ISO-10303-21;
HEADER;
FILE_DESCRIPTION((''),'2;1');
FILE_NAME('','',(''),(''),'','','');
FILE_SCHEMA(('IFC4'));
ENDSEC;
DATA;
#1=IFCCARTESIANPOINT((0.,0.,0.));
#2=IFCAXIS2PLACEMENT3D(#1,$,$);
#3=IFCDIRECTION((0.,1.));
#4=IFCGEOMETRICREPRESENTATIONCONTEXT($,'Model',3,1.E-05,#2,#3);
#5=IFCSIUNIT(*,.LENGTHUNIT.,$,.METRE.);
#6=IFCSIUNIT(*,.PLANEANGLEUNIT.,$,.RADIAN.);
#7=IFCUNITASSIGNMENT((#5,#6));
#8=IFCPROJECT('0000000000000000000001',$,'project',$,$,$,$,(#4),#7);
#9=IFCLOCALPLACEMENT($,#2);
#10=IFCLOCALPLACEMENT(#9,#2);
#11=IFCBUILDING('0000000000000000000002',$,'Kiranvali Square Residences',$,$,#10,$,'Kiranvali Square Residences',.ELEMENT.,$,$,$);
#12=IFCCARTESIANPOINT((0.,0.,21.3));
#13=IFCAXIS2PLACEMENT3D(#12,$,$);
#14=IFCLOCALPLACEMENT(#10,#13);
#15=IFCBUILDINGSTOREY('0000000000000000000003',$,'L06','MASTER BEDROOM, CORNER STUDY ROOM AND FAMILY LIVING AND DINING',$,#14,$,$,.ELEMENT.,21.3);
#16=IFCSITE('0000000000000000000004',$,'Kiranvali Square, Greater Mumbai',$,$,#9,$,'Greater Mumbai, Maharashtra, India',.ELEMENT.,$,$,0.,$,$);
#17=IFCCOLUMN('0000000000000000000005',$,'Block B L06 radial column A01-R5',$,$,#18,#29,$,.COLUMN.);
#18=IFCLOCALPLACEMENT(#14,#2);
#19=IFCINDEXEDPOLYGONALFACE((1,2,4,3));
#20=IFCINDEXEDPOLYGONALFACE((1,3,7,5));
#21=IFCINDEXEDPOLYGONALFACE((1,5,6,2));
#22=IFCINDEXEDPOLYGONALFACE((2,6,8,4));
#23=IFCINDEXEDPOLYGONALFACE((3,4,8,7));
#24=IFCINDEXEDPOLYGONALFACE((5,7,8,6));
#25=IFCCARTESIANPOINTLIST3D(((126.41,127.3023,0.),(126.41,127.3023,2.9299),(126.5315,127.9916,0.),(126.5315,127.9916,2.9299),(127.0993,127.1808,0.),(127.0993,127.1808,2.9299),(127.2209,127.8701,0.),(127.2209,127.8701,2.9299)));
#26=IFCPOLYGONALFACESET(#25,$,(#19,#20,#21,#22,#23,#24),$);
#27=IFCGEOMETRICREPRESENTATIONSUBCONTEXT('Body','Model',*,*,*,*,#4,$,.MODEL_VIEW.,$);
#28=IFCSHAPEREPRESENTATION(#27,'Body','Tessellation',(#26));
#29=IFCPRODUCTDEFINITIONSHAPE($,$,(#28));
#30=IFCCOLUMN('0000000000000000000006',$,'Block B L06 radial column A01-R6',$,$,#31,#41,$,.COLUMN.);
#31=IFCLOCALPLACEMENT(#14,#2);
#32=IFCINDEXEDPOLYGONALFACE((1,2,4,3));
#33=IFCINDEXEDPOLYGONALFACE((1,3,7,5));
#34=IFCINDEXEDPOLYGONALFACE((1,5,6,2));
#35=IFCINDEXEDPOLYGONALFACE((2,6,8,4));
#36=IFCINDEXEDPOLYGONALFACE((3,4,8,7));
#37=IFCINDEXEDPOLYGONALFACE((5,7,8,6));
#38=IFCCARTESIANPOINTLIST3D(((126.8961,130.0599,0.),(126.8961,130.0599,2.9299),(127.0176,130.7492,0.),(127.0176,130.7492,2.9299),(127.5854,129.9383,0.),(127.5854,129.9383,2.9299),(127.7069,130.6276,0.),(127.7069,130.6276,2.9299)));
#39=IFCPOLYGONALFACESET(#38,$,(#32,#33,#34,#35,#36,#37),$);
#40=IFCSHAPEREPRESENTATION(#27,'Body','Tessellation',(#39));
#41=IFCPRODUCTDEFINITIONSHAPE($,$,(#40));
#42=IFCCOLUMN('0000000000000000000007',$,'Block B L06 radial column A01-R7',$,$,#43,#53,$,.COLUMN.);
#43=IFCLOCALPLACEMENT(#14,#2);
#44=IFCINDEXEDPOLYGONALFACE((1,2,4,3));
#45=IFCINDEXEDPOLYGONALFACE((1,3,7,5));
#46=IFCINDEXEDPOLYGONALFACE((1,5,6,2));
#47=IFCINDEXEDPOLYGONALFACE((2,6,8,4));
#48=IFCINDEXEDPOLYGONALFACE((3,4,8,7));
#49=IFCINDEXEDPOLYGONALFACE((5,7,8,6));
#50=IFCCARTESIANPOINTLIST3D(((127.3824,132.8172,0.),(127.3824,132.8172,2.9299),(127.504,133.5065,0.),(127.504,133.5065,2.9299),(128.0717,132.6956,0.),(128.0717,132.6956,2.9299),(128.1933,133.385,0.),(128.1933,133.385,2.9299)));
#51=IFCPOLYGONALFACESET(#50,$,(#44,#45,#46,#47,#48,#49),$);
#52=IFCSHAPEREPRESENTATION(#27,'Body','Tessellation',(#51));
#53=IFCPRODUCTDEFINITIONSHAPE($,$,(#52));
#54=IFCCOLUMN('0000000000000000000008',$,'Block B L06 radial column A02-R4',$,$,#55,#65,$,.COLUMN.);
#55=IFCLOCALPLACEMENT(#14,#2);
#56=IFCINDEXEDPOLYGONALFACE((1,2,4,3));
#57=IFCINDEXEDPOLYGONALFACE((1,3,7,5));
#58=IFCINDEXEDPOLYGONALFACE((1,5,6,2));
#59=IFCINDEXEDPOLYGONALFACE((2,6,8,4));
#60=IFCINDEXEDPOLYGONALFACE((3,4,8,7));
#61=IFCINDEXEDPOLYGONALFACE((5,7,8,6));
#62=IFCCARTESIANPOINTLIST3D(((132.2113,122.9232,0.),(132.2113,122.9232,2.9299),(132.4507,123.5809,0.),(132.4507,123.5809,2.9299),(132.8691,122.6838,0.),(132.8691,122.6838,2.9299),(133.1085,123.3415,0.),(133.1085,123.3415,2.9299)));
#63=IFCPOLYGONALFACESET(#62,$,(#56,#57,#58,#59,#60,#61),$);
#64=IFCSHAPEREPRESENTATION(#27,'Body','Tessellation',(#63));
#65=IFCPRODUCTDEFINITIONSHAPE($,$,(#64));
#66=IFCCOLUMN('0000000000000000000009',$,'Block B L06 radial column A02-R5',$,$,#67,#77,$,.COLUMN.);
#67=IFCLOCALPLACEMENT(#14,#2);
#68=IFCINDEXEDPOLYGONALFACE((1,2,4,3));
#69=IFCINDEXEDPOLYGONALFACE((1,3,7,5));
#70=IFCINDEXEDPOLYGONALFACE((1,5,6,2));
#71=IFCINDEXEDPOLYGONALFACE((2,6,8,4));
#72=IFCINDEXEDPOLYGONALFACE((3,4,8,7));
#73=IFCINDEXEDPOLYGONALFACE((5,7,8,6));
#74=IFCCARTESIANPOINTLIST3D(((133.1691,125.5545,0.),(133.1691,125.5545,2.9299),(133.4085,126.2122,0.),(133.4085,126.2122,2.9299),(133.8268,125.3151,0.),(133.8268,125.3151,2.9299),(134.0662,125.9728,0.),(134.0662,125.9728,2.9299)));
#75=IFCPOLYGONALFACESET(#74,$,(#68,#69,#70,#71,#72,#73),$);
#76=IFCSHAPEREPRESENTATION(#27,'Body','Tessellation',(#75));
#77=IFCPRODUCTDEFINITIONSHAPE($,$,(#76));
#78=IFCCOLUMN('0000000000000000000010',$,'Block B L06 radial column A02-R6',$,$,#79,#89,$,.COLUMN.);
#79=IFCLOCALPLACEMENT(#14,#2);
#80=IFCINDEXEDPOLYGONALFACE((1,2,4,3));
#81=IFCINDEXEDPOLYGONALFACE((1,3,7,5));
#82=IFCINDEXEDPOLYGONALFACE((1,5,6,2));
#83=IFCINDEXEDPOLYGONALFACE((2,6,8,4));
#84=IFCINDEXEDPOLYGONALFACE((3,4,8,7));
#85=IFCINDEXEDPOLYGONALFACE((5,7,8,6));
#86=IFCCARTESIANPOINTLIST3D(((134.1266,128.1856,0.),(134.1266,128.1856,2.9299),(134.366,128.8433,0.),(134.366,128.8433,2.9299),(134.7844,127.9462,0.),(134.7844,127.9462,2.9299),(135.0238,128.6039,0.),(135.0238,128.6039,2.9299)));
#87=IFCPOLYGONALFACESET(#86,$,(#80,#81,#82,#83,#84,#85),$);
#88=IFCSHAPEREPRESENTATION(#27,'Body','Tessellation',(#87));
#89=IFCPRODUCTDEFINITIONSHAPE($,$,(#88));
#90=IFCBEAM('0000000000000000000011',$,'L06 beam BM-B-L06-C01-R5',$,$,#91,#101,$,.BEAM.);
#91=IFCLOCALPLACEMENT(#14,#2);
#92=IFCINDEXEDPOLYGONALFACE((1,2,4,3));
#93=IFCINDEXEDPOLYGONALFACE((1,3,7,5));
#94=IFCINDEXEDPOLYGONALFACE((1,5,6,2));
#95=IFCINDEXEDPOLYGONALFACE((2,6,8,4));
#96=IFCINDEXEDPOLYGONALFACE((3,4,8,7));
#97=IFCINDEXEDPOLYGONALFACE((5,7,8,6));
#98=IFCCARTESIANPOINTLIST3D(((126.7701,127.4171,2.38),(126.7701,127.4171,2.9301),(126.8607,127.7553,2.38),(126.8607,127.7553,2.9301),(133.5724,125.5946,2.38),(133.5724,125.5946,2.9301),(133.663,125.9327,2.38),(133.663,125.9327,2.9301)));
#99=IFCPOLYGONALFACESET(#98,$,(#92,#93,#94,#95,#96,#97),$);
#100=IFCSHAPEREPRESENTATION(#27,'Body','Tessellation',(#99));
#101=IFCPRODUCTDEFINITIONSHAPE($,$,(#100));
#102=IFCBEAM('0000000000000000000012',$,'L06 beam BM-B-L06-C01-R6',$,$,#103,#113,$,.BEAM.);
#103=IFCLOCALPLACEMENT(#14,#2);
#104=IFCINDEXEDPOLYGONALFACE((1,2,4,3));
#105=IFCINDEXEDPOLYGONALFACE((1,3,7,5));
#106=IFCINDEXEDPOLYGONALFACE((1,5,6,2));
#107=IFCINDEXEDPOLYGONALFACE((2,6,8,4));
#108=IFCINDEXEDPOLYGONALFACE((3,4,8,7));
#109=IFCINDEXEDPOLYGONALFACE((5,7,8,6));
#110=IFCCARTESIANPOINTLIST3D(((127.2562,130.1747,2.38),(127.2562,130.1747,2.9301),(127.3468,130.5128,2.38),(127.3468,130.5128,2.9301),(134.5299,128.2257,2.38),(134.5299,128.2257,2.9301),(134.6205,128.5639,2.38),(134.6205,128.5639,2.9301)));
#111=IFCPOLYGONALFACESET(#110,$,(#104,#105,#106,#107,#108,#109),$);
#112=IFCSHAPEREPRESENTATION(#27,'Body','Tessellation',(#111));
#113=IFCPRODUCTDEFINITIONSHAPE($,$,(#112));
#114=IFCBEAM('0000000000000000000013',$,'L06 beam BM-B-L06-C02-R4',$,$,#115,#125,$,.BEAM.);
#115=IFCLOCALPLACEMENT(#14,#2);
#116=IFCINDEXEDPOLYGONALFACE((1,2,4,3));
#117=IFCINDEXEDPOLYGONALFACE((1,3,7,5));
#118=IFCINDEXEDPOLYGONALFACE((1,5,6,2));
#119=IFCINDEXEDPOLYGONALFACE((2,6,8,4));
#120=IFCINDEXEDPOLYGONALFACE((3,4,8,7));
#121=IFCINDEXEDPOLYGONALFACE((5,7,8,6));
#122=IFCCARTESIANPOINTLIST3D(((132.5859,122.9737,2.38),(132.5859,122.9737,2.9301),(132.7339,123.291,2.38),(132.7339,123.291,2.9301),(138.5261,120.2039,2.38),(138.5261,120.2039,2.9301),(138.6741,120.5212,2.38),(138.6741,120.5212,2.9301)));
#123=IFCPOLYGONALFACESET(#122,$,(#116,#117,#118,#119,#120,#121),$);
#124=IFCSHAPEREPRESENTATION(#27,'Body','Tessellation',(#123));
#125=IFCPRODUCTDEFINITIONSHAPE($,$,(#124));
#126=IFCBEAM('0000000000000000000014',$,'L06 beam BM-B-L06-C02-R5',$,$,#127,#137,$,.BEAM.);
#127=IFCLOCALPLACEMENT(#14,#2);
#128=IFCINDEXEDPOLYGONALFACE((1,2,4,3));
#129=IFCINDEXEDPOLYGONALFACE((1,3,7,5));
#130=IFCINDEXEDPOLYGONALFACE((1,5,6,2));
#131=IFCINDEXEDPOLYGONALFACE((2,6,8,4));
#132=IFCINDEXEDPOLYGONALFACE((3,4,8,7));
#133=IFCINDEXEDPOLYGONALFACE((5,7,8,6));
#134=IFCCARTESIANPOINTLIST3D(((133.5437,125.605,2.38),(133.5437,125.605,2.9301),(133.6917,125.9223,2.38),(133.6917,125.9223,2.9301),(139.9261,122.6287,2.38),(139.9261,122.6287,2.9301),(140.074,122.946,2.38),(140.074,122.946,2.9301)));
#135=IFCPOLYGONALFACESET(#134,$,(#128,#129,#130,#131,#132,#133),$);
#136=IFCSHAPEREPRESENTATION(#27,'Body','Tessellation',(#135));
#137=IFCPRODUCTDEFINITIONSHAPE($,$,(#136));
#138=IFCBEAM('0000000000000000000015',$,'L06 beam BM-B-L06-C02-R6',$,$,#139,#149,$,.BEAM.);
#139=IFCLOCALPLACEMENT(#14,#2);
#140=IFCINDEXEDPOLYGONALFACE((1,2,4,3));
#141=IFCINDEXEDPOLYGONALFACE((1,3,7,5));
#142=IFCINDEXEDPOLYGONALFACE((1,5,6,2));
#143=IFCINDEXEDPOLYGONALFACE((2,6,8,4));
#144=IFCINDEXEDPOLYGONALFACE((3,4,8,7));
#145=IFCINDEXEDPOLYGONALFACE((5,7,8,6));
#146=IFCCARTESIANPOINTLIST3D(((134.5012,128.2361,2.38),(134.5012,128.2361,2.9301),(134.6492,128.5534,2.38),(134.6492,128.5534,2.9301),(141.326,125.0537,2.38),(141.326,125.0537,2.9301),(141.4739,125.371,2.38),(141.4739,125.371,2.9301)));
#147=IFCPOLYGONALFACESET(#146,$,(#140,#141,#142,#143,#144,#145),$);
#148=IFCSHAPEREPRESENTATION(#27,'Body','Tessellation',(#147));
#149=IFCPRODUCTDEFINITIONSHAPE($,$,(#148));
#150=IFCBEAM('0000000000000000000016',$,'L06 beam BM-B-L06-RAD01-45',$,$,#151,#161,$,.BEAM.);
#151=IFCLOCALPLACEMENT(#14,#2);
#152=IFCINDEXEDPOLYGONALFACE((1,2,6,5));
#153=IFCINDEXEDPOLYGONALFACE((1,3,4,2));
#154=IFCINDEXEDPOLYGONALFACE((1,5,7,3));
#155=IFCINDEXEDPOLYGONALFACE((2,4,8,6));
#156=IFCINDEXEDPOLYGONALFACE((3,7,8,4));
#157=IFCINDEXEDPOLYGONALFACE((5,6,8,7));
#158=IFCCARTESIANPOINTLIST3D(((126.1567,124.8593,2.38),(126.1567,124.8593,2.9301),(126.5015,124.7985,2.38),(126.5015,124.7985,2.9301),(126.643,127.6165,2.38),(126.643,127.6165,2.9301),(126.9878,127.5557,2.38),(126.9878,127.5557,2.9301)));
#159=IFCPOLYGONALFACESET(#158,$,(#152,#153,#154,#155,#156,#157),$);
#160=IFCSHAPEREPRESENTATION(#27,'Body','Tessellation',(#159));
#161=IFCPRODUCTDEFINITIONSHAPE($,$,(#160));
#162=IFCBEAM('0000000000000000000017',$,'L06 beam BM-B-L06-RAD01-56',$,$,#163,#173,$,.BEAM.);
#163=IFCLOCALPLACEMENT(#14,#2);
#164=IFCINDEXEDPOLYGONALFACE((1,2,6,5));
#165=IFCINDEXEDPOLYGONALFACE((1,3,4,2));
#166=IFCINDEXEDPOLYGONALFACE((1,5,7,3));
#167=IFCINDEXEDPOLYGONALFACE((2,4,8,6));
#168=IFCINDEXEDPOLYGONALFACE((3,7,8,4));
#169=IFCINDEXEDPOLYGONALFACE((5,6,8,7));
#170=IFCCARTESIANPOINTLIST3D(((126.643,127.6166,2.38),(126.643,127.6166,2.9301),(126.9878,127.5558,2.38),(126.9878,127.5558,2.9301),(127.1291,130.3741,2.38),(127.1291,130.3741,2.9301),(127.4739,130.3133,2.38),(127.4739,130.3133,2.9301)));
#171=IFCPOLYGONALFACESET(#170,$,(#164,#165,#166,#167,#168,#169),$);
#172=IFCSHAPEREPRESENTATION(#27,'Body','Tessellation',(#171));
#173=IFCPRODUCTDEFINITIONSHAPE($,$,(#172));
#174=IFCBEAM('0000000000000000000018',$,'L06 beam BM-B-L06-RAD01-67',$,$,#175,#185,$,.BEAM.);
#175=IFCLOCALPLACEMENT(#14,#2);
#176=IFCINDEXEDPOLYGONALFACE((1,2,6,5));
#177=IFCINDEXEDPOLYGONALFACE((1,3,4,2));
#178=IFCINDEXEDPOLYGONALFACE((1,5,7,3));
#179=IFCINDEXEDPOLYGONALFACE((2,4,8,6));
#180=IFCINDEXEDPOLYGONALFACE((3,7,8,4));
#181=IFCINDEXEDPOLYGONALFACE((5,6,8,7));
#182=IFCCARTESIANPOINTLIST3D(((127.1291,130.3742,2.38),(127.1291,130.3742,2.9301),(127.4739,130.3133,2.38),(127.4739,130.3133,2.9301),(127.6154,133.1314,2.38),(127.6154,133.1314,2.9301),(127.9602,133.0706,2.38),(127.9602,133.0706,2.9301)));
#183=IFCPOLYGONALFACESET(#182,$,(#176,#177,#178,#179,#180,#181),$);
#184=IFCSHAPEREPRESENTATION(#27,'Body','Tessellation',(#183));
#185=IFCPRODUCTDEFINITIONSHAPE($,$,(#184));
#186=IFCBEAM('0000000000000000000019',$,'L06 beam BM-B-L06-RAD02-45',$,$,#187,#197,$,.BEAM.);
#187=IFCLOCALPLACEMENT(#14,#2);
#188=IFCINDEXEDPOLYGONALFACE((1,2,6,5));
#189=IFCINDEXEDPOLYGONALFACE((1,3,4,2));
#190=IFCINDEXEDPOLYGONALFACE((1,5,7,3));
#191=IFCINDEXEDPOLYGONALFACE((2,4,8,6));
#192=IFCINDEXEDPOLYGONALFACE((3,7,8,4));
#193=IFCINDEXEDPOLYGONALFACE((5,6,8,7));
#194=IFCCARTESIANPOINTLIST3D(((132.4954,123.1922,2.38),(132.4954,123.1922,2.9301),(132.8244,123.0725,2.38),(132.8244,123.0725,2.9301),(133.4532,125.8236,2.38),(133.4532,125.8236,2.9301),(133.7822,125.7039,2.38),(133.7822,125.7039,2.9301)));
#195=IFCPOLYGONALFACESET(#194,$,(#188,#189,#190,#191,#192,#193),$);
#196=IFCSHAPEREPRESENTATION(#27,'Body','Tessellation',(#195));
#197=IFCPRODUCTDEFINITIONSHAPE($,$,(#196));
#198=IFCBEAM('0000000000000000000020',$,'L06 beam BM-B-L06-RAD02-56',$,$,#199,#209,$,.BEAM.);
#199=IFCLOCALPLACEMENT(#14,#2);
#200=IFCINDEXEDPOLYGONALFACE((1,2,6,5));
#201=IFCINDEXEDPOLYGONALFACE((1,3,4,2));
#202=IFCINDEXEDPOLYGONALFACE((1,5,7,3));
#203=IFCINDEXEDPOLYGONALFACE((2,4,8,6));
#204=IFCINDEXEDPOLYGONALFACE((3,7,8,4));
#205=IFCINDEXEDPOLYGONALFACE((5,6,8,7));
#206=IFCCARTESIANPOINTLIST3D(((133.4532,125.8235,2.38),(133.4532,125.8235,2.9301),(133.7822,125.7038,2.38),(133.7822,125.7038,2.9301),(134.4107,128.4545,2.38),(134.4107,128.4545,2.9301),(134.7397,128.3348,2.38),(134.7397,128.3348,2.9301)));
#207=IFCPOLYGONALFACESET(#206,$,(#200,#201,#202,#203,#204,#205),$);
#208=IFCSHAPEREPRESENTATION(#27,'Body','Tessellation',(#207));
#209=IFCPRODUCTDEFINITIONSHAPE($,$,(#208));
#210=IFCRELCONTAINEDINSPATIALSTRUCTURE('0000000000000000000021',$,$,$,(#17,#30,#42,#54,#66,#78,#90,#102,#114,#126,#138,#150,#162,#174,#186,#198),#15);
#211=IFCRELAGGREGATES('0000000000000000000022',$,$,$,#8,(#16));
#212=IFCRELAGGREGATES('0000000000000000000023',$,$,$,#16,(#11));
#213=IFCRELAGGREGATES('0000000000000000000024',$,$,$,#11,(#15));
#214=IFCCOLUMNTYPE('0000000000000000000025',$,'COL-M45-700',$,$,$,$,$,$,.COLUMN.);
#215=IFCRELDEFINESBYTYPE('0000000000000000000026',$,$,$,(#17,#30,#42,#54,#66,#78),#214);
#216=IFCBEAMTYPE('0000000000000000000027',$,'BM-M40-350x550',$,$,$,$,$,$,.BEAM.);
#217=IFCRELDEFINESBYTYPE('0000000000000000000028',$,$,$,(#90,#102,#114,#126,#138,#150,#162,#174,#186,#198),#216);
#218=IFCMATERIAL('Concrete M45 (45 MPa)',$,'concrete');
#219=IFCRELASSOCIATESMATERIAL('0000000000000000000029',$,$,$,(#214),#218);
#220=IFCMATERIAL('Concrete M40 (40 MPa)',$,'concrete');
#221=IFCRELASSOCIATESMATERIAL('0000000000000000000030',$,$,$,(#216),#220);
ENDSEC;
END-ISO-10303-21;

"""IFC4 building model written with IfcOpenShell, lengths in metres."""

from ifc_helpers import new_model, si_unit, direction, frame, origin, origin_2d, place, context, subcontext, project, spatial, rectangle, extrude, material, material_profile, profile_set, type_object, element, save


model = new_model("IFC4")

# Units and contexts
model_context = context("Model", 3, precision=1e-05, world=origin(), true_north=direction((0.0, 1.0)))
body_context = subcontext(model_context, "Body", "Model", "MODEL_VIEW")
ifc_project = project(units=[si_unit("LENGTHUNIT", "METRE"), si_unit("PLANEANGLEUNIT", "RADIAN")], contexts=[model_context])

# Site, building, storey
site_placement = place(None, origin())
site = spatial("IfcSite", under=ifc_project, at=site_placement, Name="Kiranvali Square, Greater Mumbai", LongName="Greater Mumbai, Maharashtra, India", CompositionType="ELEMENT", RefElevation=0.0)
building_placement = place(site_placement, origin())
building = spatial("IfcBuilding", under=site, at=building_placement, Name="Kiranvali Square Residences", LongName="Kiranvali Square Residences", CompositionType="ELEMENT")
storey_placement = place(building_placement, frame((0.0, 0.0, 21.3)))
storey = spatial("IfcBuildingStorey", under=building, at=storey_placement, Name="L06", Description="MASTER BEDROOM, CORNER STUDY ROOM AND FAMILY LIVING AND DINING", CompositionType="ELEMENT", Elevation=21.3)

# Columns
ifc_material_1 = material(Name="Concrete M45 (45 MPa)", Category="concrete")
ifc_material_profile_1 = material_profile(ifc_material_1, rectangle(XDim=0.7, YDim=0.7, at=origin_2d()), Name="RC 700x700")
ifc_profile_set_1 = profile_set([ifc_material_profile_1], Name="Concrete M45 (45 MPa)")
column_type = type_object("IfcColumnType", Name="COL-M45-700", PredefinedType="COLUMN", material=ifc_profile_set_1)
for number, where, z_axis, x_axis, name in (
    (1, (126.8154, 127.5862, 0.0), (0.0, 0.0, 1.0), (-0.984808, 0.173648, 0.0), "Block B L06 radial column A01-R5"),
    (2, (127.3015, 130.3438, 0.0), (0.0, 0.0, 1.0), (-0.984808, 0.173648, 0.0), "Block B L06 radial column A01-R6"),
    (3, (127.7878, 133.1011, 0.0), (0.0, 0.0, 1.0), (-0.984808, 0.173648, 0.0), "Block B L06 radial column A01-R7"),
    (4, (132.6599, 123.1323, 0.0), (0.0, 0.0, 1.0), (-0.939693, 0.34202, 0.0), "Block B L06 radial column A02-R4"),
    (5, (133.6177, 125.7637, 0.0), (0.0, 0.0, 1.0), (-0.939693, 0.34202, 0.0), "Block B L06 radial column A02-R5"),
    (6, (134.5752, 128.3948, 0.0), (0.0, 0.0, 1.0), (-0.939693, 0.34202, 0.0), "Block B L06 radial column A02-R6"),
):
    element("IfcColumn", number, at=place(storey_placement, frame(where, z_axis=z_axis, x_axis=x_axis)), inside=storey, type_object=column_type, Name=name, PredefinedType="COLUMN", context=body_context, shape_type="SweptSolid", body=[
        extrude(rectangle(XDim=0.7, YDim=0.7, at=origin_2d()), origin(), (0.0, 0.0, 1.0), 2.9299),
    ])

# Beams
ifc_material_2 = material(Name="Concrete M40 (40 MPa)", Category="concrete")
ifc_material_profile_2 = material_profile(ifc_material_2, rectangle(XDim=0.3501, YDim=0.55, at=origin_2d()), Name="RC 350x550")
ifc_profile_set_2 = profile_set([ifc_material_profile_2], Name="Concrete M40 (40 MPa)")
beam_type_1 = type_object("IfcBeamType", Name="BM-M40-350x550", PredefinedType="BEAM", material=ifc_profile_set_2)
beam_1_placement = place(storey_placement, frame((126.8154, 127.5862, 2.655), z_axis=(0.965931, -0.2588, 0.0), x_axis=(0.2588, 0.965931, 0.0)))
element("IfcBeam", 7, at=beam_1_placement, inside=storey, type_object=beam_type_1, Name="L06 beam BM-B-L06-C01-R5", PredefinedType="BEAM", context=body_context, shape_type="SweptSolid", body=[
    extrude(rectangle(XDim=0.3501, YDim=0.55, at=origin_2d()), origin(), (0.0, 0.0, 1.0), 7.0422),
])
beam_2_placement = place(storey_placement, frame((127.3015, 130.3438, 2.655), z_axis=(0.965926, -0.258819, 0.0), x_axis=(0.258819, 0.965926, 0.0)))
element("IfcBeam", 8, at=beam_2_placement, inside=storey, type_object=beam_type_1, Name="L06 beam BM-B-L06-C01-R6", PredefinedType="BEAM", context=body_context, shape_type="SweptSolid", body=[
    extrude(rectangle(XDim=0.3501, YDim=0.55, at=origin_2d()), origin(), (0.0, 0.0, 1.0), 7.5303),
])
beam_3_placement = place(storey_placement, frame((132.6599, 123.1323, 2.655), z_axis=(0.906318, -0.422596, 0.0), x_axis=(0.422596, 0.906318, 0.0)))
element("IfcBeam", 9, at=beam_3_placement, inside=storey, type_object=beam_type_1, Name="L06 beam BM-B-L06-C02-R4", PredefinedType="BEAM", context=body_context, shape_type="SweptSolid", body=[
    extrude(rectangle(XDim=0.3501, YDim=0.55, at=origin_2d()), origin(), (0.0, 0.0, 1.0), 6.5542),
])
beam_4_placement = place(storey_placement, frame((133.6177, 125.7637, 2.655), z_axis=(0.906297, -0.422641, 0.0), x_axis=(0.422641, 0.906297, 0.0)))
element("IfcBeam", 10, at=beam_4_placement, inside=storey, type_object=beam_type_1, Name="L06 beam BM-B-L06-C02-R5", PredefinedType="BEAM", context=body_context, shape_type="SweptSolid", body=[
    extrude(rectangle(XDim=0.3501, YDim=0.55, at=origin_2d()), origin(), (0.0, 0.0, 1.0), 7.0422),
])
beam_5_placement = place(storey_placement, frame((134.5752, 128.3948, 2.655), z_axis=(0.90631, -0.422614, 0.0), x_axis=(0.422614, 0.90631, 0.0)))
element("IfcBeam", 11, at=beam_5_placement, inside=storey, type_object=beam_type_1, Name="L06 beam BM-B-L06-C02-R6", PredefinedType="BEAM", context=body_context, shape_type="SweptSolid", body=[
    extrude(rectangle(XDim=0.3501, YDim=0.55, at=origin_2d()), origin(), (0.0, 0.0, 1.0), 7.5303),
])
beam_6_placement = place(storey_placement, frame((126.3291, 124.8289, 2.655), z_axis=(0.173696, 0.984799, 0.0), x_axis=(-0.984799, 0.173696, 0.0)))
element("IfcBeam", 12, at=beam_6_placement, inside=storey, type_object=beam_type_1, Name="L06 beam BM-B-L06-RAD01-45", PredefinedType="BEAM", context=body_context, shape_type="SweptSolid", body=[
    extrude(rectangle(XDim=0.3501, YDim=0.55, at=origin_2d()), origin(), (0.0, 0.0, 1.0), 2.7998),
])
beam_7_placement = place(storey_placement, frame((126.8154, 127.5862, 2.655), z_axis=(0.173596, 0.984817, 0.0), x_axis=(-0.984817, 0.173596, 0.0)))
element("IfcBeam", 13, at=beam_7_placement, inside=storey, type_object=beam_type_1, Name="L06 beam BM-B-L06-RAD01-56", PredefinedType="BEAM", context=body_context, shape_type="SweptSolid", body=[
    extrude(rectangle(XDim=0.3501, YDim=0.55, at=origin_2d()), origin(), (0.0, 0.0, 1.0), 2.8),
])
beam_8_placement = place(storey_placement, frame((127.3015, 130.3438, 2.655), z_axis=(0.173696, 0.984799, 0.0), x_axis=(-0.984799, 0.173696, 0.0)))
element("IfcBeam", 14, at=beam_8_placement, inside=storey, type_object=beam_type_1, Name="L06 beam BM-B-L06-RAD01-67", PredefinedType="BEAM", context=body_context, shape_type="SweptSolid", body=[
    extrude(rectangle(XDim=0.3501, YDim=0.55, at=origin_2d()), origin(), (0.0, 0.0, 1.0), 2.7998),
])
beam_9_placement = place(storey_placement, frame((132.6599, 123.1323, 2.655), z_axis=(0.34203, 0.939689, 0.0), x_axis=(-0.939689, 0.34203, 0.0)))
element("IfcBeam", 15, at=beam_9_placement, inside=storey, type_object=beam_type_1, Name="L06 beam BM-B-L06-RAD02-45", PredefinedType="BEAM", context=body_context, shape_type="SweptSolid", body=[
    extrude(rectangle(XDim=0.3501, YDim=0.55, at=origin_2d()), origin(), (0.0, 0.0, 1.0), 2.8003),
])
beam_10_placement = place(storey_placement, frame((133.6177, 125.7637, 2.655), z_axis=(0.341981, 0.939707, 0.0), x_axis=(-0.939707, 0.341981, 0.0)))
element("IfcBeam", 16, at=beam_10_placement, inside=storey, type_object=beam_type_1, Name="L06 beam BM-B-L06-RAD02-56", PredefinedType="BEAM", context=body_context, shape_type="SweptSolid", body=[
    extrude(rectangle(XDim=0.3501, YDim=0.55, at=origin_2d()), origin(), (0.0, 0.0, 1.0), 2.7998),
])

save(model, "model.ifc")
